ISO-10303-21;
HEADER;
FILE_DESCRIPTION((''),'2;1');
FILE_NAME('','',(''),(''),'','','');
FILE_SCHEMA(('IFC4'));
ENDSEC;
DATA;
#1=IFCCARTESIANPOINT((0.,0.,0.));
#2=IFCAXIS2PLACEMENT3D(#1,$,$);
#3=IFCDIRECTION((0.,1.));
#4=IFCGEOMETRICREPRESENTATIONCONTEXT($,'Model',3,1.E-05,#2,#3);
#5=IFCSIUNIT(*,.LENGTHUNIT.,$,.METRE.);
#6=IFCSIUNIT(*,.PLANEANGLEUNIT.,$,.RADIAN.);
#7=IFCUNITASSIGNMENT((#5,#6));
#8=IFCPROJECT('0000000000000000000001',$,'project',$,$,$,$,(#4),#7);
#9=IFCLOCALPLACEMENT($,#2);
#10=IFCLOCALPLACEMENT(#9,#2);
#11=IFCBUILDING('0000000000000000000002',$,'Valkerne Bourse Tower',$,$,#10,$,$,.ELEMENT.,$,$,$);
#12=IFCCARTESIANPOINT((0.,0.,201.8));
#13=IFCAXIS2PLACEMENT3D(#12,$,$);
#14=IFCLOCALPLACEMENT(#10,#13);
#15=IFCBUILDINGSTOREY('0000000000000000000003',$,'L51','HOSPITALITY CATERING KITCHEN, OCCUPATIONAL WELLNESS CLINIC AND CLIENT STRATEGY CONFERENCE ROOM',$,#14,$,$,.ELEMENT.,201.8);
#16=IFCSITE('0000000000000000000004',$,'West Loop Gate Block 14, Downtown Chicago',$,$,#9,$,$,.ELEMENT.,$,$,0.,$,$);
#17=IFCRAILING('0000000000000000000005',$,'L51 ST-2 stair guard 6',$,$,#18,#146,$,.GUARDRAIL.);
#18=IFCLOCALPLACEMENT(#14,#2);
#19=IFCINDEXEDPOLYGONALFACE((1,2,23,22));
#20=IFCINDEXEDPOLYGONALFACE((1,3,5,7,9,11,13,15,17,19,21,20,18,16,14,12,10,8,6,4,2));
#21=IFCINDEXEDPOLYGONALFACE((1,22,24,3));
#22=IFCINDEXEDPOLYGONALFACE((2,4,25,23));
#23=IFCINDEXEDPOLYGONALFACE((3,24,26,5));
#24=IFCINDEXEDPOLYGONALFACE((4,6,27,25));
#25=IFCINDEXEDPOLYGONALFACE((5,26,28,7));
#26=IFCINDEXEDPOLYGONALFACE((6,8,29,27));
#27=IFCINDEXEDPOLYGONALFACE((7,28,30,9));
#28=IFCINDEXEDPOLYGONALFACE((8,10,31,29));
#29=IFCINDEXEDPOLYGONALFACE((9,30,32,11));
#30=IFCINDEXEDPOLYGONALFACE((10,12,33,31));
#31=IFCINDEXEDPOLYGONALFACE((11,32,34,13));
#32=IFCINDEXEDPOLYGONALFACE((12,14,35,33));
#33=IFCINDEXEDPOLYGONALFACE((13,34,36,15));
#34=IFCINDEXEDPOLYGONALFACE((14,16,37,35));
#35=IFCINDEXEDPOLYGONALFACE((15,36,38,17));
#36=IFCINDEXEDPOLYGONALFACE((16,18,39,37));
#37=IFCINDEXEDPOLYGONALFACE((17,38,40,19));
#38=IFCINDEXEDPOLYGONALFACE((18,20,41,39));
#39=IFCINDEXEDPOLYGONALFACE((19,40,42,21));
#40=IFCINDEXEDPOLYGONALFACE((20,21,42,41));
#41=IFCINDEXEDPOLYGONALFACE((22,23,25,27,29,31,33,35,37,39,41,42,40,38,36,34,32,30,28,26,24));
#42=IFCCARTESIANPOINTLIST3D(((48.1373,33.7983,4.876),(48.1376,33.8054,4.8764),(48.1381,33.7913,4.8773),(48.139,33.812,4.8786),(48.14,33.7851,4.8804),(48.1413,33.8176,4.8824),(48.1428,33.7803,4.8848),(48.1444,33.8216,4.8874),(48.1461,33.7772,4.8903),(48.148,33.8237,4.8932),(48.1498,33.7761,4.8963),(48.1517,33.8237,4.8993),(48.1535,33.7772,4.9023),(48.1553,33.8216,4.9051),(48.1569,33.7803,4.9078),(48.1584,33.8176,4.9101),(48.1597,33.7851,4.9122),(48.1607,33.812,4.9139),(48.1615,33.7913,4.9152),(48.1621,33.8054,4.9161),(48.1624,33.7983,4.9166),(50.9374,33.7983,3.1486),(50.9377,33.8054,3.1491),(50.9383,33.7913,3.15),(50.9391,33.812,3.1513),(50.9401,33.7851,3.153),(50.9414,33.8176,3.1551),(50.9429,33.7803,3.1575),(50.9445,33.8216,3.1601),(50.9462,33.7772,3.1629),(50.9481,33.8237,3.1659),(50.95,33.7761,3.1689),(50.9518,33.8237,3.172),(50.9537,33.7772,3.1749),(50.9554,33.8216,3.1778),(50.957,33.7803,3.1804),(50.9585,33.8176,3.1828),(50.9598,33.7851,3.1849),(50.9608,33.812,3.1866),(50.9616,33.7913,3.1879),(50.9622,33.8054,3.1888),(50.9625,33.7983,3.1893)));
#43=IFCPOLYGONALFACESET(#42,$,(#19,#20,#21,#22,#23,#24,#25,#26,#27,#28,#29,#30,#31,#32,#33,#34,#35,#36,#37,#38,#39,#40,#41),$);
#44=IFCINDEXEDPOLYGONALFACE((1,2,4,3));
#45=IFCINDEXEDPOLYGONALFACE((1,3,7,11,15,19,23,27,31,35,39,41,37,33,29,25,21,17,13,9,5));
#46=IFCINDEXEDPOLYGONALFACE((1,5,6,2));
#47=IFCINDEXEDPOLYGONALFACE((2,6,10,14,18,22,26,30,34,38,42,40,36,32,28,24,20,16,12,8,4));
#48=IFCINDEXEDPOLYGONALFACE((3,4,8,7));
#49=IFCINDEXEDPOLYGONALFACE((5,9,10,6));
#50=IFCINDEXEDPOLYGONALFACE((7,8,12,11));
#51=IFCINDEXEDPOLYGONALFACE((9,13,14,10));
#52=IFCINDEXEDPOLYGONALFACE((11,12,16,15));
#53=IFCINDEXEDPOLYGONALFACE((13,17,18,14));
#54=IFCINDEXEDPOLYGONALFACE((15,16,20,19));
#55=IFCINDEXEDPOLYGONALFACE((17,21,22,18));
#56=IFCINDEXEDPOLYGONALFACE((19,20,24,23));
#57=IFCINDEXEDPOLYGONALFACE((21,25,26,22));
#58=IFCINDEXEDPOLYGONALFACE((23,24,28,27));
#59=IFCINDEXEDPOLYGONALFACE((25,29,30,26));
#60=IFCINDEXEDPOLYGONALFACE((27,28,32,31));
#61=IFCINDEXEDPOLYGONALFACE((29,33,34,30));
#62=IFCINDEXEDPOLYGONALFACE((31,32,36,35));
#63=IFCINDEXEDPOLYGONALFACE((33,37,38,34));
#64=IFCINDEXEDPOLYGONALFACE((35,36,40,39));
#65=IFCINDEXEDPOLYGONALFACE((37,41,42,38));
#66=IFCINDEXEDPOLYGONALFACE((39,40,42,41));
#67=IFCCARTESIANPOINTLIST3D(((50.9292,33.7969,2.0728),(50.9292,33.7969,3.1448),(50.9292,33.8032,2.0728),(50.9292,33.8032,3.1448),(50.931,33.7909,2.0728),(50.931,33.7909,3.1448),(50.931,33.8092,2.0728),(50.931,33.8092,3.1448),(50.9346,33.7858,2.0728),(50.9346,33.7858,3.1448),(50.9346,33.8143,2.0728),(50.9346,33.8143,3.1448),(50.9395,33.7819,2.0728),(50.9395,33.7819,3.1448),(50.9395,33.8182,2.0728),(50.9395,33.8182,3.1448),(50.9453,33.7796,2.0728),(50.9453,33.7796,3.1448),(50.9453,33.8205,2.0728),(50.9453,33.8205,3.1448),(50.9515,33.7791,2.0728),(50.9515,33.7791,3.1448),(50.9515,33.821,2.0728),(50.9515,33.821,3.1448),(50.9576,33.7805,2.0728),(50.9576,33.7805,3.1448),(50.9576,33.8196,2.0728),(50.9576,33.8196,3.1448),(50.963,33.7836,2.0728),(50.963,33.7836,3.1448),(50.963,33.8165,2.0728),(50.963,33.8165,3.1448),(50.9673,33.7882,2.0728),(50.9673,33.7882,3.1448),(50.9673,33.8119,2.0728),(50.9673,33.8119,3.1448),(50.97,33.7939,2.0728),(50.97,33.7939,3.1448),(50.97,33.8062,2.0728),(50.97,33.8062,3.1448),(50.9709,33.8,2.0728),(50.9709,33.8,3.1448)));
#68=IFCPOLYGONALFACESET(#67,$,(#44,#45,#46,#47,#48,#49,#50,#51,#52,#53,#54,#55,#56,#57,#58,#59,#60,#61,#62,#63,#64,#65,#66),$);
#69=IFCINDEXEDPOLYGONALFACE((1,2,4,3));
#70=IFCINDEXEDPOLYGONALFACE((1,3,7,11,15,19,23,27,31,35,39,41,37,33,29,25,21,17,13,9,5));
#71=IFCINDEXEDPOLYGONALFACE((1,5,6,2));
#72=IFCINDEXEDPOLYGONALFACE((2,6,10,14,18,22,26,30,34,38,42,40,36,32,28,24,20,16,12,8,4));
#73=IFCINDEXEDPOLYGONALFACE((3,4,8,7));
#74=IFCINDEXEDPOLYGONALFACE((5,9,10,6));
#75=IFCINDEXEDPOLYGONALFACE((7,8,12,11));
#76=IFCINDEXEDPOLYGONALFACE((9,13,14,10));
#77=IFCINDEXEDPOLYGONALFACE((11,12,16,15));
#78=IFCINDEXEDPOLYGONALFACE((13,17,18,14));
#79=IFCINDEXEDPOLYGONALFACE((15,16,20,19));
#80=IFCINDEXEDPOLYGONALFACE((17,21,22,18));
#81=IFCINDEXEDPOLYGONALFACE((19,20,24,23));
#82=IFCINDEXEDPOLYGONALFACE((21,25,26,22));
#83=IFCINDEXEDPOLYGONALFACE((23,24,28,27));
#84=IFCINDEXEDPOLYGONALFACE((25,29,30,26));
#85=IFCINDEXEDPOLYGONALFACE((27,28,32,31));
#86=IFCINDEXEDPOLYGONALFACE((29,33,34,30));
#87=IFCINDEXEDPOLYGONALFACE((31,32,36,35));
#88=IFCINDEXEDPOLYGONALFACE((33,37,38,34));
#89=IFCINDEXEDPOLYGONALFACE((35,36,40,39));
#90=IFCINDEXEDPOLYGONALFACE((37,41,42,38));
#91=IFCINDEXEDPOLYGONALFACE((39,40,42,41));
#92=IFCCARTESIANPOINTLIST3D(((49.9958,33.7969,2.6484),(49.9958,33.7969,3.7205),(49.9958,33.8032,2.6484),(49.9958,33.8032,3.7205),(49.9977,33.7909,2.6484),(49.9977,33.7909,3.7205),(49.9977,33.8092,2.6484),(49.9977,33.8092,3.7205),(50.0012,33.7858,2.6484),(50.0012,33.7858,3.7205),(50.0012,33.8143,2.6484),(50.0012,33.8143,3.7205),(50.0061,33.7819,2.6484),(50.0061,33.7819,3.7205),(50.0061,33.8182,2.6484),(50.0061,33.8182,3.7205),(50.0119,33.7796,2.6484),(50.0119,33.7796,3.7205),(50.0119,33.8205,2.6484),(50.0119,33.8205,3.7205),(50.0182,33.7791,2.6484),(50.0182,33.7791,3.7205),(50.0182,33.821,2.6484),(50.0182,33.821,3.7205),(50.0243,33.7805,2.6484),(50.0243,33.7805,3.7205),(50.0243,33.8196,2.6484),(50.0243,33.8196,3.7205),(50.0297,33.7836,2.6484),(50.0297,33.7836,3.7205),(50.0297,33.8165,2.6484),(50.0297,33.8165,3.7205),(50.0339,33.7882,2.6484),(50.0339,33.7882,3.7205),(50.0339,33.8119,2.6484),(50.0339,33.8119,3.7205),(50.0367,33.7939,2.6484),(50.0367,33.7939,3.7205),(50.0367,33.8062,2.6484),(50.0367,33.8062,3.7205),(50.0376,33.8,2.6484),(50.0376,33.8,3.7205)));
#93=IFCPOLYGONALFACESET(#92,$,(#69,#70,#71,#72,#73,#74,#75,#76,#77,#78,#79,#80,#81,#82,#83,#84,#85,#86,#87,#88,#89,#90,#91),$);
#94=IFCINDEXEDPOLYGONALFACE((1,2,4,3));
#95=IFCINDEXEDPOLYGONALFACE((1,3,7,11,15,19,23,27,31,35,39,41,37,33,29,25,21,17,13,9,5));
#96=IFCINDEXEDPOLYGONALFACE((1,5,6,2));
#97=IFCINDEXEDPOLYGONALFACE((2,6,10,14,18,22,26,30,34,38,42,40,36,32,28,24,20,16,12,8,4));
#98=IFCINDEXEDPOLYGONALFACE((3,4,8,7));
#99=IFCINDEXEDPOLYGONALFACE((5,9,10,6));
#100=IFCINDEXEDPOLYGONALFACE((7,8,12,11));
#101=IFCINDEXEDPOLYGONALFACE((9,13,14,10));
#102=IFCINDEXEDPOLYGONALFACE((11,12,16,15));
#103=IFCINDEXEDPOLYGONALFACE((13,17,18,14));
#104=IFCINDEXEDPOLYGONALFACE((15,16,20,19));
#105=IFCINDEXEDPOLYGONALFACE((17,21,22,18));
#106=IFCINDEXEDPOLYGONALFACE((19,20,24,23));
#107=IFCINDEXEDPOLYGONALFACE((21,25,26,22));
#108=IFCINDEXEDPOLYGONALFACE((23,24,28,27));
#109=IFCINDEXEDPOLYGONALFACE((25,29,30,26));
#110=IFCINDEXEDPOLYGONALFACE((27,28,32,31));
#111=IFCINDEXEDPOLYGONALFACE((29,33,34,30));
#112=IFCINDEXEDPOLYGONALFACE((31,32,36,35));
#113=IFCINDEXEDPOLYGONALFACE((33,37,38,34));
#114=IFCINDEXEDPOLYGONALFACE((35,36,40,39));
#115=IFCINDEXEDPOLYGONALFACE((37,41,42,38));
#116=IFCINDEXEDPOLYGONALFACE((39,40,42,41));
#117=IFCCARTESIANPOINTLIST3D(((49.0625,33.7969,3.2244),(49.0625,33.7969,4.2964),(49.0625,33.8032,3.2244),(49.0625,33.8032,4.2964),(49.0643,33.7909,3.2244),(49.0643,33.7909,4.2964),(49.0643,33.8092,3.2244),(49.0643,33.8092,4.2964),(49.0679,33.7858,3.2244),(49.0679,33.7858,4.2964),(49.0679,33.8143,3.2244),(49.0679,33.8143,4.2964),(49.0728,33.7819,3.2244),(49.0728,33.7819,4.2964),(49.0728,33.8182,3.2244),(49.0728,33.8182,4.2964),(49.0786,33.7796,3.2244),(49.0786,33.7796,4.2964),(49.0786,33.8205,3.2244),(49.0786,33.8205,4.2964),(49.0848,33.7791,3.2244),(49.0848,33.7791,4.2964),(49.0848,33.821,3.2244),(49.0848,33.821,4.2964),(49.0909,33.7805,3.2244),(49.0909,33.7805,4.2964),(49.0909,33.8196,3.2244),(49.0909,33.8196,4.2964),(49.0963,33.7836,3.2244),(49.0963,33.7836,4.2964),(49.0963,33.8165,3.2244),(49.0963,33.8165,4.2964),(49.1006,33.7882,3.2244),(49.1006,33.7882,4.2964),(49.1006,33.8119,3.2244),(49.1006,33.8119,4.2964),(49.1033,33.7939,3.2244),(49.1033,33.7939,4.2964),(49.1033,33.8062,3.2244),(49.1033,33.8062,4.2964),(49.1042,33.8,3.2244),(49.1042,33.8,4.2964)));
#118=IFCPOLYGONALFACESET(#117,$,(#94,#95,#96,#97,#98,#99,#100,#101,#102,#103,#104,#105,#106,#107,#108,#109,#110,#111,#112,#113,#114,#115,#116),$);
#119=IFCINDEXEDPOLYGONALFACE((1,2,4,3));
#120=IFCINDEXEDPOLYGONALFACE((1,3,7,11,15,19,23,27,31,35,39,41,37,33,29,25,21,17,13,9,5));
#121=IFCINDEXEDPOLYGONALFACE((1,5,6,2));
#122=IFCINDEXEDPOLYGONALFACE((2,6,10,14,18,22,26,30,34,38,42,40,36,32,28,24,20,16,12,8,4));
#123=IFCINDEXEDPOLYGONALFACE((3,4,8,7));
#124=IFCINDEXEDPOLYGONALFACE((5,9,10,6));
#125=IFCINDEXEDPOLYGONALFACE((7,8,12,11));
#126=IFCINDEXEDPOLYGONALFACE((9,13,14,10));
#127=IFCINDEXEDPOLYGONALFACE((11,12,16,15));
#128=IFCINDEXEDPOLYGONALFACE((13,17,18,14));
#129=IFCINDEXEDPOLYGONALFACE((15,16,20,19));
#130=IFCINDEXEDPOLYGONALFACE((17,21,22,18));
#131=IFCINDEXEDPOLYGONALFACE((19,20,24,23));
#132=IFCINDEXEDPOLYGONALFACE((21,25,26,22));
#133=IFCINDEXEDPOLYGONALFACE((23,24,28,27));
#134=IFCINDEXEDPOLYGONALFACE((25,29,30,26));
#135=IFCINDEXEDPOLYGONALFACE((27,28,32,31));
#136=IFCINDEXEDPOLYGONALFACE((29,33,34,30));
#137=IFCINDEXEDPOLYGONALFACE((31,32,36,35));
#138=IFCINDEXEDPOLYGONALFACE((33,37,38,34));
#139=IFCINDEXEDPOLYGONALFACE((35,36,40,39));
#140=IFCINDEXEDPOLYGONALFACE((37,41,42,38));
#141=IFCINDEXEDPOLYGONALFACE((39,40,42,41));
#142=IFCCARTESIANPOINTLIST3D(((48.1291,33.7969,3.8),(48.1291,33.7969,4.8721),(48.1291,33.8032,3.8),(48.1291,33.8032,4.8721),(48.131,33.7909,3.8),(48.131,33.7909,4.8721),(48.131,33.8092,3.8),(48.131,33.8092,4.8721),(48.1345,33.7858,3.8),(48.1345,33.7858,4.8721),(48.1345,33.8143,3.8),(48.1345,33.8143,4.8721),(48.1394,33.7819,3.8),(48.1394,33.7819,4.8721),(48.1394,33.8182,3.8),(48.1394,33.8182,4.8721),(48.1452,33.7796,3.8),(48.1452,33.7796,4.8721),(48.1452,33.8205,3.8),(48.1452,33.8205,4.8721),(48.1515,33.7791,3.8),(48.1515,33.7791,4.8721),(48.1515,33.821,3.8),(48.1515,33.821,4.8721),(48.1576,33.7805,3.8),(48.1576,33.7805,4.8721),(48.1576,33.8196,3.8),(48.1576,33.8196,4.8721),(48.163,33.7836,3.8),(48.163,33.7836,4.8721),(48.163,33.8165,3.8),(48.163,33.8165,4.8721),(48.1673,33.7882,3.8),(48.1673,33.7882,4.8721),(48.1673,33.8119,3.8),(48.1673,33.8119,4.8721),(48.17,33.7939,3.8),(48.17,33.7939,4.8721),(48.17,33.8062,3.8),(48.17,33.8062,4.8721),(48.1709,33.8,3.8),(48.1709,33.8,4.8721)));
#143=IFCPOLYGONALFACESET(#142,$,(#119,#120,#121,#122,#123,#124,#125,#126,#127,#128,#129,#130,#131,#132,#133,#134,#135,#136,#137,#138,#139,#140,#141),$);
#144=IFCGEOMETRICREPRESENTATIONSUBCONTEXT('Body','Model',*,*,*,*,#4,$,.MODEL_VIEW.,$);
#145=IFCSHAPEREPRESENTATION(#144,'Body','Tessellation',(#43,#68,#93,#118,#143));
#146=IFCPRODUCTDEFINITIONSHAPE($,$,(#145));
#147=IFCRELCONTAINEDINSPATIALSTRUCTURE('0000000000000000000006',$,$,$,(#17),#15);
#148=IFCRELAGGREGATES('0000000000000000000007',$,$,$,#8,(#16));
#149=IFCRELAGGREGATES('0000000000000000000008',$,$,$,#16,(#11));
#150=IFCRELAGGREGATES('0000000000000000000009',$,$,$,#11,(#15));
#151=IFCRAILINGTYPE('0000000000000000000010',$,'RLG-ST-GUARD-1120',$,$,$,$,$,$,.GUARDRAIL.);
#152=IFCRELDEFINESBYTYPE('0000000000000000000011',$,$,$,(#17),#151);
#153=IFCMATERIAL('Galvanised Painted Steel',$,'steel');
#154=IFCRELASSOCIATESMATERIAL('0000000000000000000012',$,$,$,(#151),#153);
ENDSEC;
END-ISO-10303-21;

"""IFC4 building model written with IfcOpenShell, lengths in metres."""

from ifc_helpers import new_model, si_unit, direction, frame, origin, origin_2d, place, context, subcontext, project, spatial, circle, extrude, material, type_object, element, save


model = new_model("IFC4")

# Units and contexts
model_context = context("Model", 3, precision=1e-05, world=origin(), true_north=direction((0.0, 1.0)))
body_context = subcontext(model_context, "Body", "Model", "MODEL_VIEW")
ifc_project = project(units=[si_unit("LENGTHUNIT", "METRE"), si_unit("PLANEANGLEUNIT", "RADIAN")], contexts=[model_context])

# Site, building, storey
site_placement = place(None, origin())
site = spatial("IfcSite", under=ifc_project, at=site_placement, Name="West Loop Gate Block 14, Downtown Chicago", CompositionType="ELEMENT", RefElevation=0.0)
building_placement = place(site_placement, origin())
building = spatial("IfcBuilding", under=site, at=building_placement, Name="Valkerne Bourse Tower", CompositionType="ELEMENT")
storey_placement = place(building_placement, frame((0.0, 0.0, 201.8)))
storey = spatial("IfcBuildingStorey", under=building, at=storey_placement, Name="L51", Description="HOSPITALITY CATERING KITCHEN, OCCUPATIONAL WELLNESS CLINIC AND CLIENT STRATEGY CONFERENCE ROOM", CompositionType="ELEMENT", Elevation=201.8)

# Railing
ifc_material_1 = material(Name="Galvanised Painted Steel", Category="steel")
railing_type_1 = type_object("IfcRailingType", Name="RLG-ST-GUARD-1120", PredefinedType="GUARDRAIL", material=ifc_material_1)
railing_1_placement = place(storey_placement, frame((50.95, 33.8, 2.0728)))
element("IfcRailing", 1, at=railing_1_placement, inside=storey, type_object=railing_type_1, Name="L51 ST-2 stair guard 6", PredefinedType="GUARDRAIL", context=body_context, shape_type="SweptSolid", body=[
    extrude(circle(Radius=0.0239, at=origin_2d()), frame((0.0, 0.0, 1.0962), z_axis=(-0.85109, 0.0, 0.52502), x_axis=(0.0, -1.0, 0.0)), (0.0, 0.0, 1.0), 3.29),
    extrude(circle(Radius=0.021, at=origin_2d()), origin(), (0.0, 0.0, 1.0), 1.072),
    extrude(circle(Radius=0.021, at=origin_2d()), frame((-0.9333, 0.0, 0.5757)), (0.0, 0.0, 1.0), 1.072),
    extrude(circle(Radius=0.021, at=origin_2d()), frame((-1.8667, 0.0, 1.1516)), (0.0, 0.0, 1.0), 1.072),
    extrude(circle(Radius=0.021, at=origin_2d()), frame((-2.8, 0.0, 1.7273)), (0.0, 0.0, 1.0), 1.072),
])

save(model, "model.ifc")
